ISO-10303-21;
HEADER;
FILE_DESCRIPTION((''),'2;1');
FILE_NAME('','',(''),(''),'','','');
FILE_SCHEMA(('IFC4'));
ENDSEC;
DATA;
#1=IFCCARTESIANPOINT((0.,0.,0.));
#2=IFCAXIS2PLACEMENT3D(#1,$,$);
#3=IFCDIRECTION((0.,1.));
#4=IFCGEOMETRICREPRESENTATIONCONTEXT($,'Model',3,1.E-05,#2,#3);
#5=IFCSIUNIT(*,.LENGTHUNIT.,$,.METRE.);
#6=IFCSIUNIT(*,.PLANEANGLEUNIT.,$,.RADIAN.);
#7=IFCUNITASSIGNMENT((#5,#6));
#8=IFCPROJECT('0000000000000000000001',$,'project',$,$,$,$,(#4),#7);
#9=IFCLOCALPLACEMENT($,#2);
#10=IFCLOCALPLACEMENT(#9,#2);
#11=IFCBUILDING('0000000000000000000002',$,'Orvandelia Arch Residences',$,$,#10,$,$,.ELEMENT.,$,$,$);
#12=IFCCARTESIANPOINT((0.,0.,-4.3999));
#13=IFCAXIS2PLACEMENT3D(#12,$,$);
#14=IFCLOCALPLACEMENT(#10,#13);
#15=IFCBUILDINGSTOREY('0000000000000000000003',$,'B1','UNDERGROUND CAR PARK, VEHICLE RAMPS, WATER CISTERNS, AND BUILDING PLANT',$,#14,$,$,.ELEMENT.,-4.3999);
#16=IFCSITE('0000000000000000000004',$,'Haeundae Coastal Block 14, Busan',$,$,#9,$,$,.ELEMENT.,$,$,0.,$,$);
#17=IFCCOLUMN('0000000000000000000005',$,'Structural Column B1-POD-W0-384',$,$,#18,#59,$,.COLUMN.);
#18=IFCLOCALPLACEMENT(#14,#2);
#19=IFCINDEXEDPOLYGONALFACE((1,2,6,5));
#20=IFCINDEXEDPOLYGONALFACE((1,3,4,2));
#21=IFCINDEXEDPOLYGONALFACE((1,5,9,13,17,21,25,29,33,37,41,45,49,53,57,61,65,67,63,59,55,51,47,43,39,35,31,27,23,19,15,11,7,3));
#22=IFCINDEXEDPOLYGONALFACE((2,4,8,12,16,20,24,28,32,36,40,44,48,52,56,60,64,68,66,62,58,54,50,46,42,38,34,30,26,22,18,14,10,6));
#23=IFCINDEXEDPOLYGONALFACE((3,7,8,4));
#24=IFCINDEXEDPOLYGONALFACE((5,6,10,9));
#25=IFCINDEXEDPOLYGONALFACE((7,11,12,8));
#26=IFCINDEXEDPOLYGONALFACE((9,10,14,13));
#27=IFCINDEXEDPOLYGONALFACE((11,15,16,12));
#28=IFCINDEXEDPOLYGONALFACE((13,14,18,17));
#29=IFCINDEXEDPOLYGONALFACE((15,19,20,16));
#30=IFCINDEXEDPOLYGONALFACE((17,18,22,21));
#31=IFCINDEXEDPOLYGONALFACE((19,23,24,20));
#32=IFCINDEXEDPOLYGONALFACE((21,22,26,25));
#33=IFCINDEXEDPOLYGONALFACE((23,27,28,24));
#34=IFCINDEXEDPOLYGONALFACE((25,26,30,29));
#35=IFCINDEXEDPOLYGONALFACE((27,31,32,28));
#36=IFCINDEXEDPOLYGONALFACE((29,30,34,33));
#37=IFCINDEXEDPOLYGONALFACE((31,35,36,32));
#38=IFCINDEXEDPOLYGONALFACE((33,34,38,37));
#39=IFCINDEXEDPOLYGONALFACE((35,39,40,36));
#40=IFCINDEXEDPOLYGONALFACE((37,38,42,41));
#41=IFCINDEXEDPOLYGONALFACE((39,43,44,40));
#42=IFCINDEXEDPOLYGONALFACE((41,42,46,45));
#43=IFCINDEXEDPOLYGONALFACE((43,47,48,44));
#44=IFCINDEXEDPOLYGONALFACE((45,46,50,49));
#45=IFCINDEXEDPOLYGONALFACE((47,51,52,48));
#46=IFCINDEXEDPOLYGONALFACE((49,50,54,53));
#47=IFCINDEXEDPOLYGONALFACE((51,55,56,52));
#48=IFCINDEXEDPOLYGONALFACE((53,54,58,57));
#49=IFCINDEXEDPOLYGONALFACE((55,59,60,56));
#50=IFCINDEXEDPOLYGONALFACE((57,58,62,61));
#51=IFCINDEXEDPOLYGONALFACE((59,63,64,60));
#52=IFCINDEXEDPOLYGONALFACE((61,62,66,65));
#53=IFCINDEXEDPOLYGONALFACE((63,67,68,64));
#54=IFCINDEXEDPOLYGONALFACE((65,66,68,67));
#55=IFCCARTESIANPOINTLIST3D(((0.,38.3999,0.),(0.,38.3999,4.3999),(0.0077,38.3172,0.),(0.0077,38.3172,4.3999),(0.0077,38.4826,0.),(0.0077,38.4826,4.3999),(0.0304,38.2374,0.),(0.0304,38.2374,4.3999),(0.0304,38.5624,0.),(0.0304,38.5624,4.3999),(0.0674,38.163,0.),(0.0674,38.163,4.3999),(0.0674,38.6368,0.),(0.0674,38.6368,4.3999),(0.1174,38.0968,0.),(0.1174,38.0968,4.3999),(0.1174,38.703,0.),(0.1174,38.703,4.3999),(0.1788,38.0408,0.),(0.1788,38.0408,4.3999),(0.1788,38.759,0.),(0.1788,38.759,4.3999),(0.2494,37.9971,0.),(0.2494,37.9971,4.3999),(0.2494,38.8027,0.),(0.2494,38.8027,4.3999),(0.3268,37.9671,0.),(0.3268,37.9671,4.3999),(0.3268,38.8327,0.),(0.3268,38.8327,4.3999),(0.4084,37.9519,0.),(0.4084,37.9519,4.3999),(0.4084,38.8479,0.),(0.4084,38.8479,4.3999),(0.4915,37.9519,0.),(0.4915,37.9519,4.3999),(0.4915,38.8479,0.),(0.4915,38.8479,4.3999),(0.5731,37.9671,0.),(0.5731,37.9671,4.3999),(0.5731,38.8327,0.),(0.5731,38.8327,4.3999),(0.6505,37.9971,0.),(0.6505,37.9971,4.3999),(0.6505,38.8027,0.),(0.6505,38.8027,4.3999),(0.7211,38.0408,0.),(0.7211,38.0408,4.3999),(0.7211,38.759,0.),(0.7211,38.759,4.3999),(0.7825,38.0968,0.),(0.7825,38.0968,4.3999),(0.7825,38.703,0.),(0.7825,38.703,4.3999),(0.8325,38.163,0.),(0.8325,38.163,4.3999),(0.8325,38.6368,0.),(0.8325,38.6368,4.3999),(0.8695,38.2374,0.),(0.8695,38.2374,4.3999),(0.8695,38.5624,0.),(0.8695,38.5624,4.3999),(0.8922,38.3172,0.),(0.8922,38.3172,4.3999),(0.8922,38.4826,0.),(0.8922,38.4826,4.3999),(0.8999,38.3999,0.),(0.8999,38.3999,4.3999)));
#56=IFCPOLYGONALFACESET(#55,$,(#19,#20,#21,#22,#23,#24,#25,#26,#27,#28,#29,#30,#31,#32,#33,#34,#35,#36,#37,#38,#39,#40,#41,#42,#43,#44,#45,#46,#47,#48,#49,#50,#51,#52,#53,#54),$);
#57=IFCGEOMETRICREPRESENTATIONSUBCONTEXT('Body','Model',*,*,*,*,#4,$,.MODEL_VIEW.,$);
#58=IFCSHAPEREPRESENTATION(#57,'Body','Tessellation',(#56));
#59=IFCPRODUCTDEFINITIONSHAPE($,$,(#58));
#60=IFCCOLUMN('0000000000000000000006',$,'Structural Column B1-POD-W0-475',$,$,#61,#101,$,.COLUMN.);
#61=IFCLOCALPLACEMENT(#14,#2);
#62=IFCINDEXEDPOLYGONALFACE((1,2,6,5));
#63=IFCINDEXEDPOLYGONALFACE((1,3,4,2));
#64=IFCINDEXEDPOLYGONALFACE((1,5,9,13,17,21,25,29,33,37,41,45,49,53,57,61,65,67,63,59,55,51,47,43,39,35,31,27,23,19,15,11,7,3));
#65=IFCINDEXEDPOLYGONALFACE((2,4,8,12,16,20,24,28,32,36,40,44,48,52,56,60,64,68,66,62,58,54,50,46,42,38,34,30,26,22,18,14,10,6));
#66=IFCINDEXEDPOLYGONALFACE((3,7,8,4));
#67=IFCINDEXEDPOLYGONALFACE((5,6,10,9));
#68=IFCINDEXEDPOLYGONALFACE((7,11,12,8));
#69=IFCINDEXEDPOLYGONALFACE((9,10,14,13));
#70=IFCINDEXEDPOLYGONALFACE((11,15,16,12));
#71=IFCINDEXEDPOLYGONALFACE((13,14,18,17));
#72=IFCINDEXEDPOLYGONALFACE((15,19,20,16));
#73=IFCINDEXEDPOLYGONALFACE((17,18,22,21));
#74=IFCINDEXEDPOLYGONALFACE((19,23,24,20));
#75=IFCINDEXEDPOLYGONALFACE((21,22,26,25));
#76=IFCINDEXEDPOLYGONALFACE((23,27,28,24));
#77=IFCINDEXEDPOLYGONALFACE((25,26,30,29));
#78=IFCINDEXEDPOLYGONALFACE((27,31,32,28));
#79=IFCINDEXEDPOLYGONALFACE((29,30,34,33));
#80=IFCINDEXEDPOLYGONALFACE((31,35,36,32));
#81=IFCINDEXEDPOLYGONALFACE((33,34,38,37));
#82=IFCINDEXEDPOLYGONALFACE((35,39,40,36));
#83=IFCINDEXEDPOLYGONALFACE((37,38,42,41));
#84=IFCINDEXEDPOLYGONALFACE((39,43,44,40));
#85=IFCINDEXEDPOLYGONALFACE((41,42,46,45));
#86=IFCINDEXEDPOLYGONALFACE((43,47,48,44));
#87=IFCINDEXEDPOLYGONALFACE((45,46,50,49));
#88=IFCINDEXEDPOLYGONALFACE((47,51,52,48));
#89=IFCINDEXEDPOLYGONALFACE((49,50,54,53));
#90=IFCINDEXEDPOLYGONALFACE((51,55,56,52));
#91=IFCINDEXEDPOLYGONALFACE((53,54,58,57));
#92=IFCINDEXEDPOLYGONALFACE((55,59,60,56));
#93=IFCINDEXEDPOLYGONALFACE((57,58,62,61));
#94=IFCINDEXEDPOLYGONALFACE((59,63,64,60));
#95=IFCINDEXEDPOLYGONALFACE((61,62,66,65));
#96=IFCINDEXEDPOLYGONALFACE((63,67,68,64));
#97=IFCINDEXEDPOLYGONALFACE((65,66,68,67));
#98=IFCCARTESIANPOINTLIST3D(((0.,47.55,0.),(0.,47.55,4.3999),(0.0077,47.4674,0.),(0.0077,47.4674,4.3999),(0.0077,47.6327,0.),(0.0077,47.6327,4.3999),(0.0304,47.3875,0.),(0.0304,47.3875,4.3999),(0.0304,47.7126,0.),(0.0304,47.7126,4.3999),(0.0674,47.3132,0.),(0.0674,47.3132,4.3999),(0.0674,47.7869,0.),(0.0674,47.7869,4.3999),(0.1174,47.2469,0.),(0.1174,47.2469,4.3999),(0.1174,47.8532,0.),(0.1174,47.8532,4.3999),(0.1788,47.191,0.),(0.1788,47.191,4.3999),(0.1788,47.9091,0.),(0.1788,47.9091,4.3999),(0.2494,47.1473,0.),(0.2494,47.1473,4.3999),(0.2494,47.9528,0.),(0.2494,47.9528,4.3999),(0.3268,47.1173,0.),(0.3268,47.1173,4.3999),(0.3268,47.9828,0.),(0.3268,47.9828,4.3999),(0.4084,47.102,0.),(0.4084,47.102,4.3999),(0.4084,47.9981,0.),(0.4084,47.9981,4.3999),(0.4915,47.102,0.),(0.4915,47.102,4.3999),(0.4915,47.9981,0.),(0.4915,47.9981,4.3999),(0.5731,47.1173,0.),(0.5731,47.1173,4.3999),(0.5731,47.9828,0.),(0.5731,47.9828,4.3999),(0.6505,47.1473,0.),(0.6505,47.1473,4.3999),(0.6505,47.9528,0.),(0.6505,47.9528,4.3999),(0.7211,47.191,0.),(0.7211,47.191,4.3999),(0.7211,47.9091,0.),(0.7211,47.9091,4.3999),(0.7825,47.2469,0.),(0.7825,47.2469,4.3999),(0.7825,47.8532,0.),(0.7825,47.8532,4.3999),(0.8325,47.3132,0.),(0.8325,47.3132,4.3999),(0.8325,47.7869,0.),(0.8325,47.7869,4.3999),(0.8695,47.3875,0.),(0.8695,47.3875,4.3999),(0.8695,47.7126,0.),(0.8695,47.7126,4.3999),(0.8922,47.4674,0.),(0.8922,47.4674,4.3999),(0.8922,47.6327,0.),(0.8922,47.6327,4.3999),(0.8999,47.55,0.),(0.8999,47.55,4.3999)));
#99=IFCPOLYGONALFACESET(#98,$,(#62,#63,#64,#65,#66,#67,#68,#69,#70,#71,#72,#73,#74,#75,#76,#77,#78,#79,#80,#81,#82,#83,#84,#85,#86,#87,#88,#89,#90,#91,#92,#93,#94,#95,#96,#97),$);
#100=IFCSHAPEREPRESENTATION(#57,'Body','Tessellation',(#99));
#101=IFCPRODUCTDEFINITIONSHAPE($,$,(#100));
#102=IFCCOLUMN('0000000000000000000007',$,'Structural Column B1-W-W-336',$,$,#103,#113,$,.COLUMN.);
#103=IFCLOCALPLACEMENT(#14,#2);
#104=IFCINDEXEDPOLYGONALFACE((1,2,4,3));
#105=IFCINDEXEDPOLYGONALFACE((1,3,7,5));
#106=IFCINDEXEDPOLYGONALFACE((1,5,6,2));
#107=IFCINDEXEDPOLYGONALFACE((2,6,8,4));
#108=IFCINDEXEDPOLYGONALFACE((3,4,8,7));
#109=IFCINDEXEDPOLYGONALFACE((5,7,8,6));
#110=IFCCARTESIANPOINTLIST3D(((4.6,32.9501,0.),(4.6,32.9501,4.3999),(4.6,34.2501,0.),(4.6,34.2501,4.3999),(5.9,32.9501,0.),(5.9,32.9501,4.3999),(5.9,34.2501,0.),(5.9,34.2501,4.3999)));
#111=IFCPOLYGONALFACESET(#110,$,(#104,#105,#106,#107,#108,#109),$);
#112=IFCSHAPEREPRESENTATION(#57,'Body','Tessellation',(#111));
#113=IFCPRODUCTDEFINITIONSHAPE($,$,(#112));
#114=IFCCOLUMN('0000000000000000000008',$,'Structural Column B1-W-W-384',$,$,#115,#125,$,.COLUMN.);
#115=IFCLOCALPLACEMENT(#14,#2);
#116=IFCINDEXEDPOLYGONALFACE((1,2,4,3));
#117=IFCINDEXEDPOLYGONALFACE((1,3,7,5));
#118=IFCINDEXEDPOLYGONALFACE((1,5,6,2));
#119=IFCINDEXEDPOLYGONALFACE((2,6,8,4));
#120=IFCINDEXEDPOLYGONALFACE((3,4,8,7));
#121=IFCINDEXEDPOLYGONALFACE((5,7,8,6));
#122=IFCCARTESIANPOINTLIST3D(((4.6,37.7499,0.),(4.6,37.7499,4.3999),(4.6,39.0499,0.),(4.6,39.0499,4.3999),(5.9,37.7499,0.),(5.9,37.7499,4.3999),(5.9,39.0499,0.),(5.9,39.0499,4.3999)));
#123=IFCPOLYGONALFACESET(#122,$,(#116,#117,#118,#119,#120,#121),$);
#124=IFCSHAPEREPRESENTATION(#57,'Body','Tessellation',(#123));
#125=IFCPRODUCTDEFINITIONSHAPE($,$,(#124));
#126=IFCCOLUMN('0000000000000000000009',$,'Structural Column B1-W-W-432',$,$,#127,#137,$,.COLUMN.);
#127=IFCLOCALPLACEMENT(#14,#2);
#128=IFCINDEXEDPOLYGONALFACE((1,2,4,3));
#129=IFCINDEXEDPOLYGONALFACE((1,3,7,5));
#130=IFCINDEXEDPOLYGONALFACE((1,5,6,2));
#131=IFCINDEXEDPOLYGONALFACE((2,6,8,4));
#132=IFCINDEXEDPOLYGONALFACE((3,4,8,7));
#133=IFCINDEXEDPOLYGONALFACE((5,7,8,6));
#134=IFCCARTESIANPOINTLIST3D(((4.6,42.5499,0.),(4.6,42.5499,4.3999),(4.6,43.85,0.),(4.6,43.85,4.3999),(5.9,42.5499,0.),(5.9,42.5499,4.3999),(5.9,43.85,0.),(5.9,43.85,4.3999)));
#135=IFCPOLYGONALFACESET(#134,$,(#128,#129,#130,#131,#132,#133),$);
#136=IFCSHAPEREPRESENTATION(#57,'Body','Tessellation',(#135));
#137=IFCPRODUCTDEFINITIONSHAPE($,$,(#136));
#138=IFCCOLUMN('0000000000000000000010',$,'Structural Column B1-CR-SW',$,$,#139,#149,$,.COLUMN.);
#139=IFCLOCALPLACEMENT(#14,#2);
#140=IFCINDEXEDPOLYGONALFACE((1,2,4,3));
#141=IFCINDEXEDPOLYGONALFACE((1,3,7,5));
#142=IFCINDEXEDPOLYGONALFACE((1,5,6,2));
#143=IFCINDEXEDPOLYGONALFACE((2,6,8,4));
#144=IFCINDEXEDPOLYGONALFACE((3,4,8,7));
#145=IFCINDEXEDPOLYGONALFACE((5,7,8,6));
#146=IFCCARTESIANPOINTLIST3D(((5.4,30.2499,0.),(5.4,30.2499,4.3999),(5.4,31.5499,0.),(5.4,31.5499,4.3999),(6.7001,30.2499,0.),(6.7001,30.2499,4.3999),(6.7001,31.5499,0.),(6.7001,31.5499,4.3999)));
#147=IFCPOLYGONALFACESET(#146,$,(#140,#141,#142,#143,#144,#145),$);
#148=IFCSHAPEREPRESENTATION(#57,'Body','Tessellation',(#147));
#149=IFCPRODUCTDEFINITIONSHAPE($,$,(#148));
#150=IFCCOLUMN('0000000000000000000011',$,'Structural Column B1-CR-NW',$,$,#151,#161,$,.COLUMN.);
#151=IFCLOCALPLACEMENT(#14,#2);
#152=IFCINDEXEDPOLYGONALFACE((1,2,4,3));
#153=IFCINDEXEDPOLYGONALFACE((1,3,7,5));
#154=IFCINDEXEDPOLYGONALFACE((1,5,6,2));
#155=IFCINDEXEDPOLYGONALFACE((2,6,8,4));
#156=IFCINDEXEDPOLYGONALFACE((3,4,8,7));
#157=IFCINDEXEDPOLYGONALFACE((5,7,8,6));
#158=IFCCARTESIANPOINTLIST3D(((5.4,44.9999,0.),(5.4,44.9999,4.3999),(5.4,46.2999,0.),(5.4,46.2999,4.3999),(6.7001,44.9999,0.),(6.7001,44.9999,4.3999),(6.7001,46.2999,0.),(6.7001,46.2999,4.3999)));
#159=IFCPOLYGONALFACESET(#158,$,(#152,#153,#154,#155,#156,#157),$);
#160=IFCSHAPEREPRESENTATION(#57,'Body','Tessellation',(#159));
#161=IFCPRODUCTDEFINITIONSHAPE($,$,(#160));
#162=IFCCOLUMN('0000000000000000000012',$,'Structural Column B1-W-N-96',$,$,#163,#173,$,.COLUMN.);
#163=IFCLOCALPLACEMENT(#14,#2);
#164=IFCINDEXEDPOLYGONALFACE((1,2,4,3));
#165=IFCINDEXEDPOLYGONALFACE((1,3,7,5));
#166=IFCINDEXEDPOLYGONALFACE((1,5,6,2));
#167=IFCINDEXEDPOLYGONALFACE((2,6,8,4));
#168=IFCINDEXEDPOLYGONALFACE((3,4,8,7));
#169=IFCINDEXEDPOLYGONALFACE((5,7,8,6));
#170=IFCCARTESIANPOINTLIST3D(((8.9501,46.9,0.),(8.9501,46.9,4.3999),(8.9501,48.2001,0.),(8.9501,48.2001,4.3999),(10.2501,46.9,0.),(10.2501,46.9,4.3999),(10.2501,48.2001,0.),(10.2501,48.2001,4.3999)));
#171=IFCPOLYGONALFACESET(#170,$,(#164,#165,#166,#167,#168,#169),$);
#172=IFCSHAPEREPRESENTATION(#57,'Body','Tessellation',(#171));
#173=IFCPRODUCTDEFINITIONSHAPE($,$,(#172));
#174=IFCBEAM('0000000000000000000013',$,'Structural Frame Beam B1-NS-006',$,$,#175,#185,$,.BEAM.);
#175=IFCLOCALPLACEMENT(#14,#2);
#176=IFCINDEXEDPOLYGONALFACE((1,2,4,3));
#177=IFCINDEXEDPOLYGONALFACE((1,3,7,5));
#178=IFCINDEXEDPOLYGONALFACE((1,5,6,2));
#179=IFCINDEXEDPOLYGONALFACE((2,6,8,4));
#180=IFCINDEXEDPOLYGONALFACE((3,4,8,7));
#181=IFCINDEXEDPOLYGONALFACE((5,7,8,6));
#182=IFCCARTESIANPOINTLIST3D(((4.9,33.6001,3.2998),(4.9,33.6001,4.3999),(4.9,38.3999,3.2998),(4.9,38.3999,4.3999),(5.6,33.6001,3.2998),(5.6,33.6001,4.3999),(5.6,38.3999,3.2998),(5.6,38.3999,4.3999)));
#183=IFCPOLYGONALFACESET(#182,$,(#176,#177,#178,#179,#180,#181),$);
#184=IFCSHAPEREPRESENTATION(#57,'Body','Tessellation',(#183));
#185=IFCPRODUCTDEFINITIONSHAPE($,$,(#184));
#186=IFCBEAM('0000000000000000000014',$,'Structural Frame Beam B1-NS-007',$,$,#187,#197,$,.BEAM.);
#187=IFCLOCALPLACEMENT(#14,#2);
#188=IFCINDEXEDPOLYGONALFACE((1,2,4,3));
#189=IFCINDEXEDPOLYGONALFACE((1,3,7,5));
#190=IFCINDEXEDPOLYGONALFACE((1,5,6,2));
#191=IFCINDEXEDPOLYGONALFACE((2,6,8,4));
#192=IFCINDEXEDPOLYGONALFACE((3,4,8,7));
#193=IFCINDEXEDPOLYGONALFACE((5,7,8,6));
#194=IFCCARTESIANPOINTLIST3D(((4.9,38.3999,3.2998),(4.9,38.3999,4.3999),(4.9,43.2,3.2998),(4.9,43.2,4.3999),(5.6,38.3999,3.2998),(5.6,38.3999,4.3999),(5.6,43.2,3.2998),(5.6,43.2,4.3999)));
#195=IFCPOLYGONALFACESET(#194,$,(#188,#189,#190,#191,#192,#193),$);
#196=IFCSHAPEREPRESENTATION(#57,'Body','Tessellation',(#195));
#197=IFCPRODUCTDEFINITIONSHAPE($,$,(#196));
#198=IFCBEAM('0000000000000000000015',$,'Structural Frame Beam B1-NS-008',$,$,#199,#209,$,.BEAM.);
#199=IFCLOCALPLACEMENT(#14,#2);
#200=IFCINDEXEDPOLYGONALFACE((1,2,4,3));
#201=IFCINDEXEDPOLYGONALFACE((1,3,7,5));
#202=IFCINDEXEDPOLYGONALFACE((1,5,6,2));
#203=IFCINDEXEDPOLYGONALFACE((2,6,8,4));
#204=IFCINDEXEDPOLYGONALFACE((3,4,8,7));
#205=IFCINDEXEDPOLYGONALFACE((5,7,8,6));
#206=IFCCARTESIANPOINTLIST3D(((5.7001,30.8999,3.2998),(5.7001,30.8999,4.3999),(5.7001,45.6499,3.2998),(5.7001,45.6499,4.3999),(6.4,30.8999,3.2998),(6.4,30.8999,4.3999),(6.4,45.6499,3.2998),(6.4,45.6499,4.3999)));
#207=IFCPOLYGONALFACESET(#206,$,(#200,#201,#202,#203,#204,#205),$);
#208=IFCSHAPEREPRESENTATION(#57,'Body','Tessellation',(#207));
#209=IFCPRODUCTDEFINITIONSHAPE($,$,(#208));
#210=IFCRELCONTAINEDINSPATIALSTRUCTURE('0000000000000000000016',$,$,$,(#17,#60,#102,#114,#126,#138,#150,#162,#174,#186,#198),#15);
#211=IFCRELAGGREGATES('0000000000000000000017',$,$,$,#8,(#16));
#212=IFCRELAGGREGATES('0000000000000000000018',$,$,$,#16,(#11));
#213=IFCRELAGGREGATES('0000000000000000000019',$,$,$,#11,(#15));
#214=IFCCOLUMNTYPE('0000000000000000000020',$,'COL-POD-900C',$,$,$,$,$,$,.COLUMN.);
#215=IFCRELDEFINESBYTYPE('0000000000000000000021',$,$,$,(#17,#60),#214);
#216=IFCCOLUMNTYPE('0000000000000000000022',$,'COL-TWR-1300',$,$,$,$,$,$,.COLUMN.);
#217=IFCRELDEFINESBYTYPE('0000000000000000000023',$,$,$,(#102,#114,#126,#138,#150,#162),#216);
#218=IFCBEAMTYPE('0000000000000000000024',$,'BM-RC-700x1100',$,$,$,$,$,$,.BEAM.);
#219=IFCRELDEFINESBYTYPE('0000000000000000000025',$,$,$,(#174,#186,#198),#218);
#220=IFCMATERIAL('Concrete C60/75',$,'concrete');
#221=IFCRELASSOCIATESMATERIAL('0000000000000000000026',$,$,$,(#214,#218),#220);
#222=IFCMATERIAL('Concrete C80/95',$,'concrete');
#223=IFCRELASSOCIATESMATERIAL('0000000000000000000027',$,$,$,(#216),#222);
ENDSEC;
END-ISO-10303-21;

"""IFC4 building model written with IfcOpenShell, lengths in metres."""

from ifc_helpers import new_model, si_unit, direction, frame, origin, origin_2d, place, context, subcontext, project, spatial, rectangle, circle, extrude, material, material_profile, profile_set, type_object, element, save


model = new_model("IFC4")

# Units and contexts
model_context = context("Model", 3, precision=1e-05, world=origin(), true_north=direction((0.0, 1.0)))
body_context = subcontext(model_context, "Body", "Model", "MODEL_VIEW")
ifc_project = project(units=[si_unit("LENGTHUNIT", "METRE"), si_unit("PLANEANGLEUNIT", "RADIAN")], contexts=[model_context])

# Site, building, storey
site_placement = place(None, origin())
site = spatial("IfcSite", under=ifc_project, at=site_placement, Name="Haeundae Coastal Block 14, Busan", CompositionType="ELEMENT", RefElevation=0.0)
building_placement = place(site_placement, origin())
building = spatial("IfcBuilding", under=site, at=building_placement, Name="Orvandelia Arch Residences", CompositionType="ELEMENT")
storey_placement = place(building_placement, frame((0.0, 0.0, -4.3999)))
storey = spatial("IfcBuildingStorey", under=building, at=storey_placement, Name="B1", Description="UNDERGROUND CAR PARK, VEHICLE RAMPS, WATER CISTERNS, AND BUILDING PLANT", CompositionType="ELEMENT", Elevation=-4.3999)

# Columns
ifc_material_1 = material(Name="Concrete C60/75", Category="concrete")
ifc_material_profile_1 = material_profile(ifc_material_1, circle(Radius=0.45, at=origin_2d()), Name="Concrete C60/75", Category="concrete")
ifc_profile_set_1 = profile_set([ifc_material_profile_1], Name="Concrete C60/75")
column_type_1 = type_object("IfcColumnType", Name="COL-POD-900C", PredefinedType="COLUMN", material=ifc_profile_set_1)
for number, where, z_axis, x_axis, name in (
    (1, (0.45, 38.3999, 0.0), (0.0, 0.0, 1.0), (1.0, 0.0, 0.0), "Structural Column B1-POD-W0-384"),
    (2, (0.45, 47.55, 0.0), (0.0, 0.0, 1.0), (1.0, 0.0, 0.0), "Structural Column B1-POD-W0-475"),
):
    element("IfcColumn", number, at=place(storey_placement, frame(where, z_axis=z_axis, x_axis=x_axis)), inside=storey, type_object=column_type_1, Name=name, PredefinedType="COLUMN", context=body_context, shape_type="SweptSolid", body=[
        extrude(circle(Radius=0.45, at=origin_2d()), origin(), (0.0, 0.0, 1.0), 4.3999),
    ])
ifc_material_2 = material(Name="Concrete C80/95", Category="concrete")
ifc_material_profile_2 = material_profile(ifc_material_2, rectangle(XDim=1.3, YDim=1.3, at=origin_2d()), Name="Concrete C80/95", Category="concrete")
ifc_profile_set_2 = profile_set([ifc_material_profile_2], Name="Concrete C80/95")
column_type_2 = type_object("IfcColumnType", Name="COL-TWR-1300", PredefinedType="COLUMN", material=ifc_profile_set_2)
for number, where, z_axis, x_axis, name in (
    (3, (5.25, 33.6001, 0.0), (0.0, 0.0, 1.0), (1.0, 0.0, 0.0), "Structural Column B1-W-W-336"),
    (4, (5.25, 38.3999, 0.0), (0.0, 0.0, 1.0), (1.0, 0.0, 0.0), "Structural Column B1-W-W-384"),
    (5, (5.25, 43.2, 0.0), (0.0, 0.0, 1.0), (1.0, 0.0, 0.0), "Structural Column B1-W-W-432"),
    (6, (6.05, 30.8999, 0.0), (0.0, 0.0, 1.0), (1.0, 0.0, 0.0), "Structural Column B1-CR-SW"),
    (7, (6.05, 45.6499, 0.0), (0.0, 0.0, 1.0), (1.0, 0.0, 0.0), "Structural Column B1-CR-NW"),
    (8, (9.6001, 47.55, 0.0), (0.0, 0.0, 1.0), (1.0, 0.0, 0.0), "Structural Column B1-W-N-96"),
):
    element("IfcColumn", number, at=place(storey_placement, frame(where, z_axis=z_axis, x_axis=x_axis)), inside=storey, type_object=column_type_2, Name=name, PredefinedType="COLUMN", context=body_context, shape_type="SweptSolid", body=[
        extrude(rectangle(XDim=1.3, YDim=1.3, at=origin_2d()), origin(), (0.0, 0.0, 1.0), 4.3999),
    ])

# Beams
ifc_material_profile_3 = material_profile(ifc_material_1, rectangle(XDim=0.7, YDim=1.1001, at=origin_2d()), Name="Concrete C60/75", Category="concrete")
ifc_profile_set_3 = profile_set([ifc_material_profile_3], Name="Concrete C60/75")
beam_type = type_object("IfcBeamType", Name="BM-RC-700x1100", PredefinedType="BEAM", material=ifc_profile_set_3)
beam_1_placement = place(storey_placement, frame((5.25, 33.6001, 3.8499), z_axis=(0.0, 1.0, 0.0), x_axis=(-1.0, 0.0, 0.0)))
element("IfcBeam", 9, at=beam_1_placement, inside=storey, type_object=beam_type, Name="Structural Frame Beam B1-NS-006", PredefinedType="BEAM", context=body_context, shape_type="SweptSolid", body=[
    extrude(rectangle(XDim=0.7, YDim=1.1001, at=origin_2d()), origin(), (0.0, 0.0, 1.0), 4.7998),
])
beam_2_placement = place(storey_placement, frame((5.25, 38.3999, 3.8499), z_axis=(0.0, 1.0, 0.0), x_axis=(-1.0, 0.0, 0.0)))
element("IfcBeam", 10, at=beam_2_placement, inside=storey, type_object=beam_type, Name="Structural Frame Beam B1-NS-007", PredefinedType="BEAM", context=body_context, shape_type="SweptSolid", body=[
    extrude(rectangle(XDim=0.7, YDim=1.1001, at=origin_2d()), origin(), (0.0, 0.0, 1.0), 4.8),
])
beam_3_placement = place(storey_placement, frame((6.05, 30.8999, 3.8499), z_axis=(0.0, 1.0, 0.0), x_axis=(-1.0, 0.0, 0.0)))
element("IfcBeam", 11, at=beam_3_placement, inside=storey, type_object=beam_type, Name="Structural Frame Beam B1-NS-008", PredefinedType="BEAM", context=body_context, shape_type="SweptSolid", body=[
    extrude(rectangle(XDim=0.7, YDim=1.1001, at=origin_2d()), origin(), (0.0, 0.0, 1.0), 14.75),
])

save(model, "model.ifc")
